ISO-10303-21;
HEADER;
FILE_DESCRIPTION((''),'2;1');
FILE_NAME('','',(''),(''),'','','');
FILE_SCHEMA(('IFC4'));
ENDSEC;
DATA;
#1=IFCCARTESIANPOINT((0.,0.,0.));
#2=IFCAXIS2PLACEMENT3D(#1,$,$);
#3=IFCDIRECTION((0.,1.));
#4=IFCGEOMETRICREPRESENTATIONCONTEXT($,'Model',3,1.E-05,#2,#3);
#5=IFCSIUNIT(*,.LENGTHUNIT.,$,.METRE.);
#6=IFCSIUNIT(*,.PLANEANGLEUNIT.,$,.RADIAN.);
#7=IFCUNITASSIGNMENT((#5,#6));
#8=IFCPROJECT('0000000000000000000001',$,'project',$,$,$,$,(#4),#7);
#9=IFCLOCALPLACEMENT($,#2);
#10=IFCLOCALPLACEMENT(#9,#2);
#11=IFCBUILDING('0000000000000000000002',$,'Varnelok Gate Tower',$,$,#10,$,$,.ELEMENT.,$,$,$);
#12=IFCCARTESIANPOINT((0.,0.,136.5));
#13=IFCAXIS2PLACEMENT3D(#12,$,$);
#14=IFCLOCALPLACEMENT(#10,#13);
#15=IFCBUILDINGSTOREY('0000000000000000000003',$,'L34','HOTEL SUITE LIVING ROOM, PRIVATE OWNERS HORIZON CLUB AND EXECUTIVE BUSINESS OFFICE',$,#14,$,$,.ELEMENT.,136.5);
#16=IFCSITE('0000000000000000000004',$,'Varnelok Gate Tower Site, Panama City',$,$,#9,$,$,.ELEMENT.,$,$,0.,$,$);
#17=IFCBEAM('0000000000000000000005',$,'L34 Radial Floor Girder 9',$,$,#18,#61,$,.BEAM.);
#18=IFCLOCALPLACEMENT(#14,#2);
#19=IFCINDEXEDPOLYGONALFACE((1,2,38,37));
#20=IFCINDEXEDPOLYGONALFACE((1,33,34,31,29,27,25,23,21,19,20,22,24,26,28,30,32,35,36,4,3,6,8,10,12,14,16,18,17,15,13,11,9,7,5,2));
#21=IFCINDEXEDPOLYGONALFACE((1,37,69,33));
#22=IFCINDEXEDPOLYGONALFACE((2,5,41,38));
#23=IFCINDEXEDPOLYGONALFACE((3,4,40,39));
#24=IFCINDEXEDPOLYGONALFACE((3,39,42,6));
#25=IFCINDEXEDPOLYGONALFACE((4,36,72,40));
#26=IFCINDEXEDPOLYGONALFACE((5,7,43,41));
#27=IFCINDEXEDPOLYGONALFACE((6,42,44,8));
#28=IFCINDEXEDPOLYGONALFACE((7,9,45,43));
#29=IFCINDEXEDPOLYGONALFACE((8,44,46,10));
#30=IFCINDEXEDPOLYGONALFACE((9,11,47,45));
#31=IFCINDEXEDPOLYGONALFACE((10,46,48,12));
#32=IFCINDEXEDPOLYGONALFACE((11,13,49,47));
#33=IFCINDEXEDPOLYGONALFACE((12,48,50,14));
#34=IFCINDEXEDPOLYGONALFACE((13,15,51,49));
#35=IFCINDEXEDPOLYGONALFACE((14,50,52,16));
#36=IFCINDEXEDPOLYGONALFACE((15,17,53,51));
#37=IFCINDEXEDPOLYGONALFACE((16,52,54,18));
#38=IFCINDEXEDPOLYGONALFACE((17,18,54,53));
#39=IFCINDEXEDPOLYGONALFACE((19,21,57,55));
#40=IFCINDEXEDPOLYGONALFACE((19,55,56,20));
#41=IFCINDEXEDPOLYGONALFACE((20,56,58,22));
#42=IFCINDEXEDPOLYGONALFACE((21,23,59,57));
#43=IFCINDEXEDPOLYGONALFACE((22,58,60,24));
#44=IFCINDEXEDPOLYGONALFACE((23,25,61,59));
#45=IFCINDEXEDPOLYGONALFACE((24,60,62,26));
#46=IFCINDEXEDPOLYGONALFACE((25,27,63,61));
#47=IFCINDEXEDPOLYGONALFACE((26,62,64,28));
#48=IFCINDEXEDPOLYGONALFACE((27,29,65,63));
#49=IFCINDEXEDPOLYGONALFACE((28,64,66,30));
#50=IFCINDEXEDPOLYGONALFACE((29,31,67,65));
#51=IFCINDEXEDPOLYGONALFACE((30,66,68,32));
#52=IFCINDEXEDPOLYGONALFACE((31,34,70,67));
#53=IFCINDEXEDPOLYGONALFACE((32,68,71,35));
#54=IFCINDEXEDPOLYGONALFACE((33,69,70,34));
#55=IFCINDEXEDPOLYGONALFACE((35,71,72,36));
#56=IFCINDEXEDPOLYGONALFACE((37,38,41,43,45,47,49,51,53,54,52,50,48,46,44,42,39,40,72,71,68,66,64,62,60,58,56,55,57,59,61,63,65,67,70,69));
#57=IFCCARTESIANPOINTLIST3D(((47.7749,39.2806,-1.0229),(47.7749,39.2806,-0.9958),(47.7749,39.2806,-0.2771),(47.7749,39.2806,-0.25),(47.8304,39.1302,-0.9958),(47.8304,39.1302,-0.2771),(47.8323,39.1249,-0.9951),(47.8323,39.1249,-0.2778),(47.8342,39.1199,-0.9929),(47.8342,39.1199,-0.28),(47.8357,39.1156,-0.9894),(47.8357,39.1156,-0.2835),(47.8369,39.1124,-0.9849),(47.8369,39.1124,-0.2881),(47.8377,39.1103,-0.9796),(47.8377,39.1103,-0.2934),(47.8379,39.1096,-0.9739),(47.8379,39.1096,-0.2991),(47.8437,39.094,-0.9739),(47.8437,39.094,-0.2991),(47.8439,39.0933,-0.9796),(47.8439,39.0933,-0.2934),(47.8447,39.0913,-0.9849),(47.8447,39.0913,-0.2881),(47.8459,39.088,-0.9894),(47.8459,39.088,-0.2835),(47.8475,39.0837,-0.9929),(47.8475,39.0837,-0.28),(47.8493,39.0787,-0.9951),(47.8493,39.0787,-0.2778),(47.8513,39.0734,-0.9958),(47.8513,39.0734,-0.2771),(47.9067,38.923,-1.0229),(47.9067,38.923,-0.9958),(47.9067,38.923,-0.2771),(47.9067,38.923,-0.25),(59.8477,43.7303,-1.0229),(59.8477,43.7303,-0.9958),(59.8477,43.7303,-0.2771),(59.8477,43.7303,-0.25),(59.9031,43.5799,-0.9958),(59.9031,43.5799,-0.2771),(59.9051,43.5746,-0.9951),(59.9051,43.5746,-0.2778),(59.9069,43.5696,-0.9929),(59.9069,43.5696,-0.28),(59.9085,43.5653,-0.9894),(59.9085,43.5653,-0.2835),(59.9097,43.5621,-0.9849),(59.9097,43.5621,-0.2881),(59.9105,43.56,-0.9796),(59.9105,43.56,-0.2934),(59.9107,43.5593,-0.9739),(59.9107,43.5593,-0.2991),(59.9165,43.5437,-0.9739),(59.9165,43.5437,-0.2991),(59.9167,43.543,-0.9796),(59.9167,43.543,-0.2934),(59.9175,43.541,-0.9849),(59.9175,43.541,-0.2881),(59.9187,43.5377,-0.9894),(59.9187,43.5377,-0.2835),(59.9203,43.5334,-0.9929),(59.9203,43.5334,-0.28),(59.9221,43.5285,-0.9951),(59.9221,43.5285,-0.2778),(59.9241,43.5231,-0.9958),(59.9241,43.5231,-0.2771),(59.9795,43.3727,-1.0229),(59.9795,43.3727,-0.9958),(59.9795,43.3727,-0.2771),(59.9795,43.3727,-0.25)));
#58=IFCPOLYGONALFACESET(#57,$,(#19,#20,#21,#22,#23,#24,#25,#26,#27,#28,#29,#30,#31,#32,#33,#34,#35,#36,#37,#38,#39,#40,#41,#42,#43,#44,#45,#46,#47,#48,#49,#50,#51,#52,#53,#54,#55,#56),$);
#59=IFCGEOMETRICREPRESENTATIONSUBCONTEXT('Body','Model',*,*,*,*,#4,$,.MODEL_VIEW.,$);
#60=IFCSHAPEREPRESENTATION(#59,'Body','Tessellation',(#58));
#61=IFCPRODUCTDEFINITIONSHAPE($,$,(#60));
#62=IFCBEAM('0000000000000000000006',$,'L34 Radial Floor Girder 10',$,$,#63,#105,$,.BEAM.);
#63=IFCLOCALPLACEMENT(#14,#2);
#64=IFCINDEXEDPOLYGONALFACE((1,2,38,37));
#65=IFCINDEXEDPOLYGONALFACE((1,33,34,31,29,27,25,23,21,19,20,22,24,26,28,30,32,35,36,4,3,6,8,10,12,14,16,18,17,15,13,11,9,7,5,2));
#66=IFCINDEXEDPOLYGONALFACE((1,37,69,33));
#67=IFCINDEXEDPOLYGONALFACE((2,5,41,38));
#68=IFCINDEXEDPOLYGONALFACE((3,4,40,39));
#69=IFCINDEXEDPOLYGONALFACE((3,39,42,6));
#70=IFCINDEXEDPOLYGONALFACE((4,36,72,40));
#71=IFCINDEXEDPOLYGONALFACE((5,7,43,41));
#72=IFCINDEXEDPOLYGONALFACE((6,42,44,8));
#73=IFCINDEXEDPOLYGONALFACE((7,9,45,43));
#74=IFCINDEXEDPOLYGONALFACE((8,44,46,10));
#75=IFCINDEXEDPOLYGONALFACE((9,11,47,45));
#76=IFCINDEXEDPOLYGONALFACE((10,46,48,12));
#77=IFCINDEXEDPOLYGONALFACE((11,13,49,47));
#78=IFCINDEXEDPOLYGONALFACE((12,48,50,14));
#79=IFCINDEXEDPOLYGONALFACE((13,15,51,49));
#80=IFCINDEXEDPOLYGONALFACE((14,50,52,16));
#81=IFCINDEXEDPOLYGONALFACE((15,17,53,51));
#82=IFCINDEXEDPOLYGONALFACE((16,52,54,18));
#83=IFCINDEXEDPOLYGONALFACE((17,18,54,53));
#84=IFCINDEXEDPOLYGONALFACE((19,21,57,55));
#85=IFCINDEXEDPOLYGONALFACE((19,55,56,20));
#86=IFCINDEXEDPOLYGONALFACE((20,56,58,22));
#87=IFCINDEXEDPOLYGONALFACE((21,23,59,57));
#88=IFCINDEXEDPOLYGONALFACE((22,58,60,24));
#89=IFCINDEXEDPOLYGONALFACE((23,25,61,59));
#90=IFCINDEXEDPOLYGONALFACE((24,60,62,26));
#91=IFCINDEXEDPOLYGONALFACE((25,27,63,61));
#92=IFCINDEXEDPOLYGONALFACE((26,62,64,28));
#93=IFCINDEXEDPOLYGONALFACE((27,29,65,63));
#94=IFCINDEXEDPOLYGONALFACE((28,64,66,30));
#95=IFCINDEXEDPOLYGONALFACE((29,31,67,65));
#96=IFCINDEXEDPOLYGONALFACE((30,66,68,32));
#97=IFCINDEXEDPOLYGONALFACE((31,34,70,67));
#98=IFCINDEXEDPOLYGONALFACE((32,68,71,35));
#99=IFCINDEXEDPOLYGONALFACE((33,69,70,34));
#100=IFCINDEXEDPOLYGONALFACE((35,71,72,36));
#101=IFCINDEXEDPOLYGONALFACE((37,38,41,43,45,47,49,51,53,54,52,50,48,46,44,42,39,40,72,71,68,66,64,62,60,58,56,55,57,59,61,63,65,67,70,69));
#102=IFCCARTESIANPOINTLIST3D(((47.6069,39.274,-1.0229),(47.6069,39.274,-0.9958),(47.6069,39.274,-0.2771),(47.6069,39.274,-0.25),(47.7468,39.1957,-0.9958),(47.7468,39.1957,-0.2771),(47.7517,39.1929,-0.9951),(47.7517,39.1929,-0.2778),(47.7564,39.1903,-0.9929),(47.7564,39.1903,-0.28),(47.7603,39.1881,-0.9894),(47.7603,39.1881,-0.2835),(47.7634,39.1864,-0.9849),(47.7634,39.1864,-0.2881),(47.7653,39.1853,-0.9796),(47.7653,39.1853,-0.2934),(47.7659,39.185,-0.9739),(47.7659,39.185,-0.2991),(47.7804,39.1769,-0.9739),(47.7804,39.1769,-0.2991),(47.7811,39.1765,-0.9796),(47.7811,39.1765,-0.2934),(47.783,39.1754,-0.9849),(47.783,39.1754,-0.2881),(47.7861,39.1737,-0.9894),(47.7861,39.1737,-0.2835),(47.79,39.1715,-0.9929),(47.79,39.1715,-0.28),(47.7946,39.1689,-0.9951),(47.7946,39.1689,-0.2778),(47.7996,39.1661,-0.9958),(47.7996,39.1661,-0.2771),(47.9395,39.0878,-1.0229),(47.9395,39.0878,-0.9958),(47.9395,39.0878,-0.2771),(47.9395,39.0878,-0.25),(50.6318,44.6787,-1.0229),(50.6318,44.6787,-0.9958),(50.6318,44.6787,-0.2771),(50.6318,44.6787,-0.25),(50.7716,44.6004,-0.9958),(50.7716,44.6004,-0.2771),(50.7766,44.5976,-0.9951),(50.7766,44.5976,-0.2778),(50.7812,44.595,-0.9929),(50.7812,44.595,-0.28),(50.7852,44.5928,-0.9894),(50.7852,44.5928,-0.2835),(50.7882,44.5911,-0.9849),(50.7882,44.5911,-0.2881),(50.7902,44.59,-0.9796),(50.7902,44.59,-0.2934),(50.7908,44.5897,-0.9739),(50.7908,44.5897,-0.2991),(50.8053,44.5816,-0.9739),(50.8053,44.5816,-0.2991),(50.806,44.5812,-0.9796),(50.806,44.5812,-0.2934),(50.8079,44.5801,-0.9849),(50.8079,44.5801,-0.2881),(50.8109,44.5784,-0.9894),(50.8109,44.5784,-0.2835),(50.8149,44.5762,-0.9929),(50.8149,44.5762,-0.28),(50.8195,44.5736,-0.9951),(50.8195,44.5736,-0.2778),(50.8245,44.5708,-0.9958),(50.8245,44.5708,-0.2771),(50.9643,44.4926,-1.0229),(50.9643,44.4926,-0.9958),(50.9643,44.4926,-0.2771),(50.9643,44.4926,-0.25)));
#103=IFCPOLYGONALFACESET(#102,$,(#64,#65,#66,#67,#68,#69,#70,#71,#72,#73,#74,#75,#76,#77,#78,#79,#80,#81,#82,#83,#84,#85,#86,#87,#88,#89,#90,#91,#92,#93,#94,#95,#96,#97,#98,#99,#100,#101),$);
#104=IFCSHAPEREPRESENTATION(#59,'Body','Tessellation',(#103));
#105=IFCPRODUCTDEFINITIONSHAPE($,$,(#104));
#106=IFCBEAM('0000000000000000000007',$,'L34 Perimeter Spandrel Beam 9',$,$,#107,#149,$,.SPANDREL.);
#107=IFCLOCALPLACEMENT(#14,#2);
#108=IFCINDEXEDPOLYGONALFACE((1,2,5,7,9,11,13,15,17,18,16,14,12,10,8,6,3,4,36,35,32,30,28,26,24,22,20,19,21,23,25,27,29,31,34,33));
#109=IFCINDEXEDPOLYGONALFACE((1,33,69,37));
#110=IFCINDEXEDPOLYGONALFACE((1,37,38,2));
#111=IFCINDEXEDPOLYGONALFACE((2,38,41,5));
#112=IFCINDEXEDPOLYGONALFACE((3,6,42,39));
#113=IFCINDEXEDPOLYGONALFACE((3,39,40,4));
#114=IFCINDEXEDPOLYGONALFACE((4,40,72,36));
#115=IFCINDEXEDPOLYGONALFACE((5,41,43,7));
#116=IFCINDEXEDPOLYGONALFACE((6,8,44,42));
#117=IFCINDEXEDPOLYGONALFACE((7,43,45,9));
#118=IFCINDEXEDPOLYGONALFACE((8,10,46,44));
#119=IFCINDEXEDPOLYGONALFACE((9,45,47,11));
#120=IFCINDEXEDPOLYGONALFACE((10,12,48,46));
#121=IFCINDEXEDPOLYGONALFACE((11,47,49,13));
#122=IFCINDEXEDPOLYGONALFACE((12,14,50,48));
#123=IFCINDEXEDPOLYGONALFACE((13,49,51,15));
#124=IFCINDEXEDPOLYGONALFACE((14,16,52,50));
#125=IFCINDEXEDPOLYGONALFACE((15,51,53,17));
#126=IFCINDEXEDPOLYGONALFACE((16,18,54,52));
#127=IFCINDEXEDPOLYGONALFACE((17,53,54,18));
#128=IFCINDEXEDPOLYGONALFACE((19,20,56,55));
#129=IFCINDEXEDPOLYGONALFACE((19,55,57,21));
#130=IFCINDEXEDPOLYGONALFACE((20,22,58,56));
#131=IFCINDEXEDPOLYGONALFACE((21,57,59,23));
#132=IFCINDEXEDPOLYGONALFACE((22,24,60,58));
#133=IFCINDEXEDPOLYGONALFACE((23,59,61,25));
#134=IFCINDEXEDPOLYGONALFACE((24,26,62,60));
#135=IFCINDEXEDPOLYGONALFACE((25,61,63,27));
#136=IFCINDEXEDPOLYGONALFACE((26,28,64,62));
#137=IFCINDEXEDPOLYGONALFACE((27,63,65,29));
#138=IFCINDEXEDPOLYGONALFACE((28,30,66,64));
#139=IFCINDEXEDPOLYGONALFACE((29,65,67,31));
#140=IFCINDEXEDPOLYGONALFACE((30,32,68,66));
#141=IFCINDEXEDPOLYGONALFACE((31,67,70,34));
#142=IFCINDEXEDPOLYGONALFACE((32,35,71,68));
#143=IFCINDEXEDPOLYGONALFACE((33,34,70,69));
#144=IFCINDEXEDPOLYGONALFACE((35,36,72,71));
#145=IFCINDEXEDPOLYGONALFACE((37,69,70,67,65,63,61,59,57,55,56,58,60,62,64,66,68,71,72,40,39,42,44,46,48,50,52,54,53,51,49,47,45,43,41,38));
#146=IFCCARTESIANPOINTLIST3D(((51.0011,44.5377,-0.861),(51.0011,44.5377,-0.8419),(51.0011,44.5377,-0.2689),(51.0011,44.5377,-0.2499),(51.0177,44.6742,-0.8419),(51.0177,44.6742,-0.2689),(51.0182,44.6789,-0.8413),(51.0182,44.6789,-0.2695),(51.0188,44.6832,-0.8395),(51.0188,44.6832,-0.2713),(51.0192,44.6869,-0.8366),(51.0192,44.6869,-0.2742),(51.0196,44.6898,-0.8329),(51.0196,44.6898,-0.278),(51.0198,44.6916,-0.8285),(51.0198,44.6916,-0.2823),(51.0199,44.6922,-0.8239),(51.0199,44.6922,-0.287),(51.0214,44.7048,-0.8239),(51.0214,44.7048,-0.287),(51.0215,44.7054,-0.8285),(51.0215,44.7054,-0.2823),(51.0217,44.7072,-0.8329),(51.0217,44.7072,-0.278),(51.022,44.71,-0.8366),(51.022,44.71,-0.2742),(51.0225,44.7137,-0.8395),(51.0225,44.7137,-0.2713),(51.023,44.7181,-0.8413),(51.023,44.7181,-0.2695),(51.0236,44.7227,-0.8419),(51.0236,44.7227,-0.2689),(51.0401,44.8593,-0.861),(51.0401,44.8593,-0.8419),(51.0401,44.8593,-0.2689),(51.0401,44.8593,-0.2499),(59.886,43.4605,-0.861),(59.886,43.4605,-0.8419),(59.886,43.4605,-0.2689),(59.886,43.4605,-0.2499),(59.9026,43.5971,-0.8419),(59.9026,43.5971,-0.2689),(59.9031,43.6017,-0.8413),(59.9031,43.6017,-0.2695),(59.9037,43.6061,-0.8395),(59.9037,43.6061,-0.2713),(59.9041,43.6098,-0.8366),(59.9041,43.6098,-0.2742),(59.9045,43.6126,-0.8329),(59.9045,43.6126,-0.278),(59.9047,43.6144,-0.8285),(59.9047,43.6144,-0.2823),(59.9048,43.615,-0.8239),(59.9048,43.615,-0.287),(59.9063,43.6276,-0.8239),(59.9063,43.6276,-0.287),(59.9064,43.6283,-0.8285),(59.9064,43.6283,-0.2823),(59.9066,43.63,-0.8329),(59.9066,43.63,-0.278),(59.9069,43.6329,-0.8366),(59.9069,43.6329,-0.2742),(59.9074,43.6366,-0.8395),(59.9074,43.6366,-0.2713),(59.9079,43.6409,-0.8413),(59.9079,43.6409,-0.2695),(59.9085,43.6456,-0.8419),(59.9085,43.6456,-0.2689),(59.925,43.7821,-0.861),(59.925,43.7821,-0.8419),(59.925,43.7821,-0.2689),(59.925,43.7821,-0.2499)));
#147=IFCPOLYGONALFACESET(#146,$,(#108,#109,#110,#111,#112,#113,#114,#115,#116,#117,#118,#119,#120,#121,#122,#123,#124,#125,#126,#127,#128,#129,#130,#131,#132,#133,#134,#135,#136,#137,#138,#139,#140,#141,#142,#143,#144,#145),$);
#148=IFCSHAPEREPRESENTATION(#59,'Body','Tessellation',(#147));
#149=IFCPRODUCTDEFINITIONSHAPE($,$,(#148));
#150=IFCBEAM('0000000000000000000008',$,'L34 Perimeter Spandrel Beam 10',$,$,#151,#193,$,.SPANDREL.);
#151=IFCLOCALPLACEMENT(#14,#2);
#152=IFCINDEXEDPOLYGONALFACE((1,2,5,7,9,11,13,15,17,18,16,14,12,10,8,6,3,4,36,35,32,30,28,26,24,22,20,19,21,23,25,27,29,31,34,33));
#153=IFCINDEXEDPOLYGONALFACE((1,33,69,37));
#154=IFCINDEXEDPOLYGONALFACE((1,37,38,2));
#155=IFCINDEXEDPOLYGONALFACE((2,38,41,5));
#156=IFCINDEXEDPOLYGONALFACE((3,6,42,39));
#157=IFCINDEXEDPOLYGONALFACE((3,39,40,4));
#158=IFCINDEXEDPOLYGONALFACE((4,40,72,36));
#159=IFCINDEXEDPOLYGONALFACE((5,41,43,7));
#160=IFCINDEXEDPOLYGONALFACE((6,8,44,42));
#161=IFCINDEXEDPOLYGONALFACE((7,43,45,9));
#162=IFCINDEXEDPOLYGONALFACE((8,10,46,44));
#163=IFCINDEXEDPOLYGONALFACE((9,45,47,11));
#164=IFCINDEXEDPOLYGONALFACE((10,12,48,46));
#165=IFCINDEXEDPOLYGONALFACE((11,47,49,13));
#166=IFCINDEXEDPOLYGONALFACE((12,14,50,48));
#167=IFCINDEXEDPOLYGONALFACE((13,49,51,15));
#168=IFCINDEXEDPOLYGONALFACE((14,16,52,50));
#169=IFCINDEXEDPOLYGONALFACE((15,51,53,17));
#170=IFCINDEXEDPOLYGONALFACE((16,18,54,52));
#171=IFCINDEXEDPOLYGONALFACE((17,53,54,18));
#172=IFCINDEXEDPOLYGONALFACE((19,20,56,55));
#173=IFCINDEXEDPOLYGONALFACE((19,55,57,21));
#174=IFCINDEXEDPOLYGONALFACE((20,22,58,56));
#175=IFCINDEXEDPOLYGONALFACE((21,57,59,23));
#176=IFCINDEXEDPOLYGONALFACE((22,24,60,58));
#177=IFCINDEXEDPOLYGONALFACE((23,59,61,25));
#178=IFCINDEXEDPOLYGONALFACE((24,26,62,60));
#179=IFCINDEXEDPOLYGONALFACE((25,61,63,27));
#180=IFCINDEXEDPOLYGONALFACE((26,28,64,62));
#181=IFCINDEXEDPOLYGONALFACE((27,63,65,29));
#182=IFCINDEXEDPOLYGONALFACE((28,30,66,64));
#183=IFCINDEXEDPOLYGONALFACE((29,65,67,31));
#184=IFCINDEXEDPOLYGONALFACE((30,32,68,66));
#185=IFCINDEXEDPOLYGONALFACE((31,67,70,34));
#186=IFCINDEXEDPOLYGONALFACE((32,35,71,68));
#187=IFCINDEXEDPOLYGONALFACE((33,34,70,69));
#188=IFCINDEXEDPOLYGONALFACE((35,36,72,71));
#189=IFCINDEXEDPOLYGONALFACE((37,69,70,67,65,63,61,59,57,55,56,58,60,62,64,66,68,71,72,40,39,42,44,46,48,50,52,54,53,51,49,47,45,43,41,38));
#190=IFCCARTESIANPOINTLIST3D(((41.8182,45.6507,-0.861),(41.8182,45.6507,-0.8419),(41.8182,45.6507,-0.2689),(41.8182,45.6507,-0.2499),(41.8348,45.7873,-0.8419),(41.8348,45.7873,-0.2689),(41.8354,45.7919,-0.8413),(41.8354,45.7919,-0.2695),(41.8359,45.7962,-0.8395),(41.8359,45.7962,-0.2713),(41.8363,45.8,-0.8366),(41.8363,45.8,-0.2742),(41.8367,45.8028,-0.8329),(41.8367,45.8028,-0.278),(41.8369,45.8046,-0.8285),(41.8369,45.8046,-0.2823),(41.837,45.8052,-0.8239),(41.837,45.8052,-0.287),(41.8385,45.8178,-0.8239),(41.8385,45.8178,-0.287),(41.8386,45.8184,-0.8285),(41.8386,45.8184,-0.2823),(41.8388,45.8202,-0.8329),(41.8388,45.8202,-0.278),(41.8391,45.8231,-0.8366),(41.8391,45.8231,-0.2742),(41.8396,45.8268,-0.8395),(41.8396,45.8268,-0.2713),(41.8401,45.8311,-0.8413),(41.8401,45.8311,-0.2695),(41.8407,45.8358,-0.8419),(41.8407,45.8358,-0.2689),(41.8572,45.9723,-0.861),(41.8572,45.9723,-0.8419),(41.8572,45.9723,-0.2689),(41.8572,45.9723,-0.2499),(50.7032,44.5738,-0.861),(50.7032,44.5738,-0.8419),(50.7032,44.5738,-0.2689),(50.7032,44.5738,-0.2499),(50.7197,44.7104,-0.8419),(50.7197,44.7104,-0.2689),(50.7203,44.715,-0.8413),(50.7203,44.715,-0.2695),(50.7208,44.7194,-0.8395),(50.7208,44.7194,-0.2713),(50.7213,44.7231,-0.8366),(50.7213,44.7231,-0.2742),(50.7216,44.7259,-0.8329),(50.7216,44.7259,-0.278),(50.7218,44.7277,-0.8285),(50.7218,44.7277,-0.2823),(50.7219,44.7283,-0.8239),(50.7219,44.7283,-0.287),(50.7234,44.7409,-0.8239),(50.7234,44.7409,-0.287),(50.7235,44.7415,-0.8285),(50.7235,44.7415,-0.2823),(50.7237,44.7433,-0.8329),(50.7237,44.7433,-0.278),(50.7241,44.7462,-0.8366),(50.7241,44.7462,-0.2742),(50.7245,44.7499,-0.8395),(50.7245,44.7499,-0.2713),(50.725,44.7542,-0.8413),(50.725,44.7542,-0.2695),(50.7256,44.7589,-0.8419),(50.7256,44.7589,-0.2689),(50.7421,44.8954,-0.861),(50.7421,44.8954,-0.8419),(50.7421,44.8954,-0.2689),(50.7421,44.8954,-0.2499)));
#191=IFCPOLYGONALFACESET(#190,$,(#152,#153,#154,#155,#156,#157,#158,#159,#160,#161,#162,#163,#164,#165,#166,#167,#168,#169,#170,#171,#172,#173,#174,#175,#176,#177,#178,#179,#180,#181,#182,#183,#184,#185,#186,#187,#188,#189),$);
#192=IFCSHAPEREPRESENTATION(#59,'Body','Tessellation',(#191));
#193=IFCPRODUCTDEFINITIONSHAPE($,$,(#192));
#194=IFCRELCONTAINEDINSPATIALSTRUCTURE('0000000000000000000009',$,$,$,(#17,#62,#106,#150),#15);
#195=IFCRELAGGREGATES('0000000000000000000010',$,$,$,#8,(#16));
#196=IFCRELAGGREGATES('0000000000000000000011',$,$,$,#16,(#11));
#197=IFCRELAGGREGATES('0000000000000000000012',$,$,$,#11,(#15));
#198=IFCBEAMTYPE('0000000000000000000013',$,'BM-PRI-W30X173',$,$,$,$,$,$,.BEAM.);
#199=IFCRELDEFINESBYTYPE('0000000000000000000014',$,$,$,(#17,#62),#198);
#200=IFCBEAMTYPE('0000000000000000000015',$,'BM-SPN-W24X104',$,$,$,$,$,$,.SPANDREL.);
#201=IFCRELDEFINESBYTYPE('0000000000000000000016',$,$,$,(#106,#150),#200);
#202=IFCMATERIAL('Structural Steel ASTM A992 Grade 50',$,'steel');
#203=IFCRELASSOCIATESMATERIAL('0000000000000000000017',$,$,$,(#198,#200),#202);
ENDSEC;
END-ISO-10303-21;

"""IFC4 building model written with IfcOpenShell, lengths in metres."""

from ifc_helpers import new_model, si_unit, direction, frame, origin, origin_2d, place, context, subcontext, project, spatial, i_section, extrude, material, material_profile, profile_set, type_object, element, save


model = new_model("IFC4")

# Units and contexts
model_context = context("Model", 3, precision=1e-05, world=origin(), true_north=direction((0.0, 1.0)))
body_context = subcontext(model_context, "Body", "Model", "MODEL_VIEW")
ifc_project = project(units=[si_unit("LENGTHUNIT", "METRE"), si_unit("PLANEANGLEUNIT", "RADIAN")], contexts=[model_context])

# Site, building, storey
site_placement = place(None, origin())
site = spatial("IfcSite", under=ifc_project, at=site_placement, Name="Varnelok Gate Tower Site, Panama City", CompositionType="ELEMENT", RefElevation=0.0)
building_placement = place(site_placement, origin())
building = spatial("IfcBuilding", under=site, at=building_placement, Name="Varnelok Gate Tower", CompositionType="ELEMENT")
storey_placement = place(building_placement, frame((0.0, 0.0, 136.5)))
storey = spatial("IfcBuildingStorey", under=building, at=storey_placement, Name="L34", Description="HOTEL SUITE LIVING ROOM, PRIVATE OWNERS HORIZON CLUB AND EXECUTIVE BUSINESS OFFICE", CompositionType="ELEMENT", Elevation=136.5)

# Shared definitions
ifc_material_1 = material(Name="Structural Steel ASTM A992 Grade 50", Category="steel")

# Beams
ifc_material_profile_1 = material_profile(ifc_material_1, i_section(OverallWidth=0.3811, OverallDepth=0.7729, WebThickness=0.0166, FlangeThickness=0.0271, FilletRadius=0.022, at=origin_2d()), Name="W30X173")
ifc_profile_set_1 = profile_set([ifc_material_profile_1], Name="Structural Steel ASTM A992 Grade 50")
beam_type_1 = type_object("IfcBeamType", Name="BM-PRI-W30X173", PredefinedType="BEAM", material=ifc_profile_set_1)
beam_1_placement = place(storey_placement, frame((47.8408, 39.1018, -0.6365), z_axis=(0.938296, 0.345832, 0.0), x_axis=(-0.345832, 0.938296, 0.0)))
element("IfcBeam", 1, at=beam_1_placement, inside=storey, type_object=beam_type_1, Name="L34 Radial Floor Girder 9", PredefinedType="BEAM", context=body_context, shape_type="SweptSolid", body=[
    extrude(i_section(OverallWidth=0.3811, OverallDepth=0.7729, WebThickness=0.0166, FlangeThickness=0.0271, FilletRadius=0.022, at=origin_2d()), origin(), (0.0, 0.0, 1.0), 12.8667),
])
beam_2_placement = place(storey_placement, frame((47.7732, 39.1809, -0.6365), z_axis=(0.488385, 0.872628, 0.0), x_axis=(-0.872628, 0.488385, 0.0)))
element("IfcBeam", 2, at=beam_2_placement, inside=storey, type_object=beam_type_1, Name="L34 Radial Floor Girder 10", PredefinedType="BEAM", context=body_context, shape_type="SweptSolid", body=[
    extrude(i_section(OverallWidth=0.3811, OverallDepth=0.7729, WebThickness=0.0166, FlangeThickness=0.0271, FilletRadius=0.022, at=origin_2d()), origin(), (0.0, 0.0, 1.0), 6.1936),
])
ifc_material_profile_2 = material_profile(ifc_material_1, i_section(OverallWidth=0.324, OverallDepth=0.6111, WebThickness=0.0127, FlangeThickness=0.019, FilletRadius=0.0181, at=origin_2d()), Name="W24X104")
ifc_profile_set_2 = profile_set([ifc_material_profile_2], Name="Structural Steel ASTM A992 Grade 50")
beam_type_2 = type_object("IfcBeamType", Name="BM-SPN-W24X104", PredefinedType="SPANDREL", material=ifc_profile_set_2)
for number, where, z_axis, x_axis, name in (
    (3, (59.9055, 43.6213, -0.5554), (-0.992731, 0.120351, 0.0), (-0.120351, -0.992731, 0.0), "L34 Perimeter Spandrel Beam 9"),
    (4, (50.7227, 44.7346, -0.5554), (-0.992735, 0.120324, 0.0), (-0.120324, -0.992735, 0.0), "L34 Perimeter Spandrel Beam 10"),
):
    element("IfcBeam", number, at=place(storey_placement, frame(where, z_axis=z_axis, x_axis=x_axis)), inside=storey, type_object=beam_type_2, Name=name, PredefinedType="SPANDREL", context=body_context, shape_type="SweptSolid", body=[
        extrude(i_section(OverallWidth=0.324, OverallDepth=0.6111, WebThickness=0.0127, FlangeThickness=0.019, FilletRadius=0.0181, at=origin_2d()), origin(), (0.0, 0.0, 1.0), 8.95),
    ])

save(model, "model.ifc")
